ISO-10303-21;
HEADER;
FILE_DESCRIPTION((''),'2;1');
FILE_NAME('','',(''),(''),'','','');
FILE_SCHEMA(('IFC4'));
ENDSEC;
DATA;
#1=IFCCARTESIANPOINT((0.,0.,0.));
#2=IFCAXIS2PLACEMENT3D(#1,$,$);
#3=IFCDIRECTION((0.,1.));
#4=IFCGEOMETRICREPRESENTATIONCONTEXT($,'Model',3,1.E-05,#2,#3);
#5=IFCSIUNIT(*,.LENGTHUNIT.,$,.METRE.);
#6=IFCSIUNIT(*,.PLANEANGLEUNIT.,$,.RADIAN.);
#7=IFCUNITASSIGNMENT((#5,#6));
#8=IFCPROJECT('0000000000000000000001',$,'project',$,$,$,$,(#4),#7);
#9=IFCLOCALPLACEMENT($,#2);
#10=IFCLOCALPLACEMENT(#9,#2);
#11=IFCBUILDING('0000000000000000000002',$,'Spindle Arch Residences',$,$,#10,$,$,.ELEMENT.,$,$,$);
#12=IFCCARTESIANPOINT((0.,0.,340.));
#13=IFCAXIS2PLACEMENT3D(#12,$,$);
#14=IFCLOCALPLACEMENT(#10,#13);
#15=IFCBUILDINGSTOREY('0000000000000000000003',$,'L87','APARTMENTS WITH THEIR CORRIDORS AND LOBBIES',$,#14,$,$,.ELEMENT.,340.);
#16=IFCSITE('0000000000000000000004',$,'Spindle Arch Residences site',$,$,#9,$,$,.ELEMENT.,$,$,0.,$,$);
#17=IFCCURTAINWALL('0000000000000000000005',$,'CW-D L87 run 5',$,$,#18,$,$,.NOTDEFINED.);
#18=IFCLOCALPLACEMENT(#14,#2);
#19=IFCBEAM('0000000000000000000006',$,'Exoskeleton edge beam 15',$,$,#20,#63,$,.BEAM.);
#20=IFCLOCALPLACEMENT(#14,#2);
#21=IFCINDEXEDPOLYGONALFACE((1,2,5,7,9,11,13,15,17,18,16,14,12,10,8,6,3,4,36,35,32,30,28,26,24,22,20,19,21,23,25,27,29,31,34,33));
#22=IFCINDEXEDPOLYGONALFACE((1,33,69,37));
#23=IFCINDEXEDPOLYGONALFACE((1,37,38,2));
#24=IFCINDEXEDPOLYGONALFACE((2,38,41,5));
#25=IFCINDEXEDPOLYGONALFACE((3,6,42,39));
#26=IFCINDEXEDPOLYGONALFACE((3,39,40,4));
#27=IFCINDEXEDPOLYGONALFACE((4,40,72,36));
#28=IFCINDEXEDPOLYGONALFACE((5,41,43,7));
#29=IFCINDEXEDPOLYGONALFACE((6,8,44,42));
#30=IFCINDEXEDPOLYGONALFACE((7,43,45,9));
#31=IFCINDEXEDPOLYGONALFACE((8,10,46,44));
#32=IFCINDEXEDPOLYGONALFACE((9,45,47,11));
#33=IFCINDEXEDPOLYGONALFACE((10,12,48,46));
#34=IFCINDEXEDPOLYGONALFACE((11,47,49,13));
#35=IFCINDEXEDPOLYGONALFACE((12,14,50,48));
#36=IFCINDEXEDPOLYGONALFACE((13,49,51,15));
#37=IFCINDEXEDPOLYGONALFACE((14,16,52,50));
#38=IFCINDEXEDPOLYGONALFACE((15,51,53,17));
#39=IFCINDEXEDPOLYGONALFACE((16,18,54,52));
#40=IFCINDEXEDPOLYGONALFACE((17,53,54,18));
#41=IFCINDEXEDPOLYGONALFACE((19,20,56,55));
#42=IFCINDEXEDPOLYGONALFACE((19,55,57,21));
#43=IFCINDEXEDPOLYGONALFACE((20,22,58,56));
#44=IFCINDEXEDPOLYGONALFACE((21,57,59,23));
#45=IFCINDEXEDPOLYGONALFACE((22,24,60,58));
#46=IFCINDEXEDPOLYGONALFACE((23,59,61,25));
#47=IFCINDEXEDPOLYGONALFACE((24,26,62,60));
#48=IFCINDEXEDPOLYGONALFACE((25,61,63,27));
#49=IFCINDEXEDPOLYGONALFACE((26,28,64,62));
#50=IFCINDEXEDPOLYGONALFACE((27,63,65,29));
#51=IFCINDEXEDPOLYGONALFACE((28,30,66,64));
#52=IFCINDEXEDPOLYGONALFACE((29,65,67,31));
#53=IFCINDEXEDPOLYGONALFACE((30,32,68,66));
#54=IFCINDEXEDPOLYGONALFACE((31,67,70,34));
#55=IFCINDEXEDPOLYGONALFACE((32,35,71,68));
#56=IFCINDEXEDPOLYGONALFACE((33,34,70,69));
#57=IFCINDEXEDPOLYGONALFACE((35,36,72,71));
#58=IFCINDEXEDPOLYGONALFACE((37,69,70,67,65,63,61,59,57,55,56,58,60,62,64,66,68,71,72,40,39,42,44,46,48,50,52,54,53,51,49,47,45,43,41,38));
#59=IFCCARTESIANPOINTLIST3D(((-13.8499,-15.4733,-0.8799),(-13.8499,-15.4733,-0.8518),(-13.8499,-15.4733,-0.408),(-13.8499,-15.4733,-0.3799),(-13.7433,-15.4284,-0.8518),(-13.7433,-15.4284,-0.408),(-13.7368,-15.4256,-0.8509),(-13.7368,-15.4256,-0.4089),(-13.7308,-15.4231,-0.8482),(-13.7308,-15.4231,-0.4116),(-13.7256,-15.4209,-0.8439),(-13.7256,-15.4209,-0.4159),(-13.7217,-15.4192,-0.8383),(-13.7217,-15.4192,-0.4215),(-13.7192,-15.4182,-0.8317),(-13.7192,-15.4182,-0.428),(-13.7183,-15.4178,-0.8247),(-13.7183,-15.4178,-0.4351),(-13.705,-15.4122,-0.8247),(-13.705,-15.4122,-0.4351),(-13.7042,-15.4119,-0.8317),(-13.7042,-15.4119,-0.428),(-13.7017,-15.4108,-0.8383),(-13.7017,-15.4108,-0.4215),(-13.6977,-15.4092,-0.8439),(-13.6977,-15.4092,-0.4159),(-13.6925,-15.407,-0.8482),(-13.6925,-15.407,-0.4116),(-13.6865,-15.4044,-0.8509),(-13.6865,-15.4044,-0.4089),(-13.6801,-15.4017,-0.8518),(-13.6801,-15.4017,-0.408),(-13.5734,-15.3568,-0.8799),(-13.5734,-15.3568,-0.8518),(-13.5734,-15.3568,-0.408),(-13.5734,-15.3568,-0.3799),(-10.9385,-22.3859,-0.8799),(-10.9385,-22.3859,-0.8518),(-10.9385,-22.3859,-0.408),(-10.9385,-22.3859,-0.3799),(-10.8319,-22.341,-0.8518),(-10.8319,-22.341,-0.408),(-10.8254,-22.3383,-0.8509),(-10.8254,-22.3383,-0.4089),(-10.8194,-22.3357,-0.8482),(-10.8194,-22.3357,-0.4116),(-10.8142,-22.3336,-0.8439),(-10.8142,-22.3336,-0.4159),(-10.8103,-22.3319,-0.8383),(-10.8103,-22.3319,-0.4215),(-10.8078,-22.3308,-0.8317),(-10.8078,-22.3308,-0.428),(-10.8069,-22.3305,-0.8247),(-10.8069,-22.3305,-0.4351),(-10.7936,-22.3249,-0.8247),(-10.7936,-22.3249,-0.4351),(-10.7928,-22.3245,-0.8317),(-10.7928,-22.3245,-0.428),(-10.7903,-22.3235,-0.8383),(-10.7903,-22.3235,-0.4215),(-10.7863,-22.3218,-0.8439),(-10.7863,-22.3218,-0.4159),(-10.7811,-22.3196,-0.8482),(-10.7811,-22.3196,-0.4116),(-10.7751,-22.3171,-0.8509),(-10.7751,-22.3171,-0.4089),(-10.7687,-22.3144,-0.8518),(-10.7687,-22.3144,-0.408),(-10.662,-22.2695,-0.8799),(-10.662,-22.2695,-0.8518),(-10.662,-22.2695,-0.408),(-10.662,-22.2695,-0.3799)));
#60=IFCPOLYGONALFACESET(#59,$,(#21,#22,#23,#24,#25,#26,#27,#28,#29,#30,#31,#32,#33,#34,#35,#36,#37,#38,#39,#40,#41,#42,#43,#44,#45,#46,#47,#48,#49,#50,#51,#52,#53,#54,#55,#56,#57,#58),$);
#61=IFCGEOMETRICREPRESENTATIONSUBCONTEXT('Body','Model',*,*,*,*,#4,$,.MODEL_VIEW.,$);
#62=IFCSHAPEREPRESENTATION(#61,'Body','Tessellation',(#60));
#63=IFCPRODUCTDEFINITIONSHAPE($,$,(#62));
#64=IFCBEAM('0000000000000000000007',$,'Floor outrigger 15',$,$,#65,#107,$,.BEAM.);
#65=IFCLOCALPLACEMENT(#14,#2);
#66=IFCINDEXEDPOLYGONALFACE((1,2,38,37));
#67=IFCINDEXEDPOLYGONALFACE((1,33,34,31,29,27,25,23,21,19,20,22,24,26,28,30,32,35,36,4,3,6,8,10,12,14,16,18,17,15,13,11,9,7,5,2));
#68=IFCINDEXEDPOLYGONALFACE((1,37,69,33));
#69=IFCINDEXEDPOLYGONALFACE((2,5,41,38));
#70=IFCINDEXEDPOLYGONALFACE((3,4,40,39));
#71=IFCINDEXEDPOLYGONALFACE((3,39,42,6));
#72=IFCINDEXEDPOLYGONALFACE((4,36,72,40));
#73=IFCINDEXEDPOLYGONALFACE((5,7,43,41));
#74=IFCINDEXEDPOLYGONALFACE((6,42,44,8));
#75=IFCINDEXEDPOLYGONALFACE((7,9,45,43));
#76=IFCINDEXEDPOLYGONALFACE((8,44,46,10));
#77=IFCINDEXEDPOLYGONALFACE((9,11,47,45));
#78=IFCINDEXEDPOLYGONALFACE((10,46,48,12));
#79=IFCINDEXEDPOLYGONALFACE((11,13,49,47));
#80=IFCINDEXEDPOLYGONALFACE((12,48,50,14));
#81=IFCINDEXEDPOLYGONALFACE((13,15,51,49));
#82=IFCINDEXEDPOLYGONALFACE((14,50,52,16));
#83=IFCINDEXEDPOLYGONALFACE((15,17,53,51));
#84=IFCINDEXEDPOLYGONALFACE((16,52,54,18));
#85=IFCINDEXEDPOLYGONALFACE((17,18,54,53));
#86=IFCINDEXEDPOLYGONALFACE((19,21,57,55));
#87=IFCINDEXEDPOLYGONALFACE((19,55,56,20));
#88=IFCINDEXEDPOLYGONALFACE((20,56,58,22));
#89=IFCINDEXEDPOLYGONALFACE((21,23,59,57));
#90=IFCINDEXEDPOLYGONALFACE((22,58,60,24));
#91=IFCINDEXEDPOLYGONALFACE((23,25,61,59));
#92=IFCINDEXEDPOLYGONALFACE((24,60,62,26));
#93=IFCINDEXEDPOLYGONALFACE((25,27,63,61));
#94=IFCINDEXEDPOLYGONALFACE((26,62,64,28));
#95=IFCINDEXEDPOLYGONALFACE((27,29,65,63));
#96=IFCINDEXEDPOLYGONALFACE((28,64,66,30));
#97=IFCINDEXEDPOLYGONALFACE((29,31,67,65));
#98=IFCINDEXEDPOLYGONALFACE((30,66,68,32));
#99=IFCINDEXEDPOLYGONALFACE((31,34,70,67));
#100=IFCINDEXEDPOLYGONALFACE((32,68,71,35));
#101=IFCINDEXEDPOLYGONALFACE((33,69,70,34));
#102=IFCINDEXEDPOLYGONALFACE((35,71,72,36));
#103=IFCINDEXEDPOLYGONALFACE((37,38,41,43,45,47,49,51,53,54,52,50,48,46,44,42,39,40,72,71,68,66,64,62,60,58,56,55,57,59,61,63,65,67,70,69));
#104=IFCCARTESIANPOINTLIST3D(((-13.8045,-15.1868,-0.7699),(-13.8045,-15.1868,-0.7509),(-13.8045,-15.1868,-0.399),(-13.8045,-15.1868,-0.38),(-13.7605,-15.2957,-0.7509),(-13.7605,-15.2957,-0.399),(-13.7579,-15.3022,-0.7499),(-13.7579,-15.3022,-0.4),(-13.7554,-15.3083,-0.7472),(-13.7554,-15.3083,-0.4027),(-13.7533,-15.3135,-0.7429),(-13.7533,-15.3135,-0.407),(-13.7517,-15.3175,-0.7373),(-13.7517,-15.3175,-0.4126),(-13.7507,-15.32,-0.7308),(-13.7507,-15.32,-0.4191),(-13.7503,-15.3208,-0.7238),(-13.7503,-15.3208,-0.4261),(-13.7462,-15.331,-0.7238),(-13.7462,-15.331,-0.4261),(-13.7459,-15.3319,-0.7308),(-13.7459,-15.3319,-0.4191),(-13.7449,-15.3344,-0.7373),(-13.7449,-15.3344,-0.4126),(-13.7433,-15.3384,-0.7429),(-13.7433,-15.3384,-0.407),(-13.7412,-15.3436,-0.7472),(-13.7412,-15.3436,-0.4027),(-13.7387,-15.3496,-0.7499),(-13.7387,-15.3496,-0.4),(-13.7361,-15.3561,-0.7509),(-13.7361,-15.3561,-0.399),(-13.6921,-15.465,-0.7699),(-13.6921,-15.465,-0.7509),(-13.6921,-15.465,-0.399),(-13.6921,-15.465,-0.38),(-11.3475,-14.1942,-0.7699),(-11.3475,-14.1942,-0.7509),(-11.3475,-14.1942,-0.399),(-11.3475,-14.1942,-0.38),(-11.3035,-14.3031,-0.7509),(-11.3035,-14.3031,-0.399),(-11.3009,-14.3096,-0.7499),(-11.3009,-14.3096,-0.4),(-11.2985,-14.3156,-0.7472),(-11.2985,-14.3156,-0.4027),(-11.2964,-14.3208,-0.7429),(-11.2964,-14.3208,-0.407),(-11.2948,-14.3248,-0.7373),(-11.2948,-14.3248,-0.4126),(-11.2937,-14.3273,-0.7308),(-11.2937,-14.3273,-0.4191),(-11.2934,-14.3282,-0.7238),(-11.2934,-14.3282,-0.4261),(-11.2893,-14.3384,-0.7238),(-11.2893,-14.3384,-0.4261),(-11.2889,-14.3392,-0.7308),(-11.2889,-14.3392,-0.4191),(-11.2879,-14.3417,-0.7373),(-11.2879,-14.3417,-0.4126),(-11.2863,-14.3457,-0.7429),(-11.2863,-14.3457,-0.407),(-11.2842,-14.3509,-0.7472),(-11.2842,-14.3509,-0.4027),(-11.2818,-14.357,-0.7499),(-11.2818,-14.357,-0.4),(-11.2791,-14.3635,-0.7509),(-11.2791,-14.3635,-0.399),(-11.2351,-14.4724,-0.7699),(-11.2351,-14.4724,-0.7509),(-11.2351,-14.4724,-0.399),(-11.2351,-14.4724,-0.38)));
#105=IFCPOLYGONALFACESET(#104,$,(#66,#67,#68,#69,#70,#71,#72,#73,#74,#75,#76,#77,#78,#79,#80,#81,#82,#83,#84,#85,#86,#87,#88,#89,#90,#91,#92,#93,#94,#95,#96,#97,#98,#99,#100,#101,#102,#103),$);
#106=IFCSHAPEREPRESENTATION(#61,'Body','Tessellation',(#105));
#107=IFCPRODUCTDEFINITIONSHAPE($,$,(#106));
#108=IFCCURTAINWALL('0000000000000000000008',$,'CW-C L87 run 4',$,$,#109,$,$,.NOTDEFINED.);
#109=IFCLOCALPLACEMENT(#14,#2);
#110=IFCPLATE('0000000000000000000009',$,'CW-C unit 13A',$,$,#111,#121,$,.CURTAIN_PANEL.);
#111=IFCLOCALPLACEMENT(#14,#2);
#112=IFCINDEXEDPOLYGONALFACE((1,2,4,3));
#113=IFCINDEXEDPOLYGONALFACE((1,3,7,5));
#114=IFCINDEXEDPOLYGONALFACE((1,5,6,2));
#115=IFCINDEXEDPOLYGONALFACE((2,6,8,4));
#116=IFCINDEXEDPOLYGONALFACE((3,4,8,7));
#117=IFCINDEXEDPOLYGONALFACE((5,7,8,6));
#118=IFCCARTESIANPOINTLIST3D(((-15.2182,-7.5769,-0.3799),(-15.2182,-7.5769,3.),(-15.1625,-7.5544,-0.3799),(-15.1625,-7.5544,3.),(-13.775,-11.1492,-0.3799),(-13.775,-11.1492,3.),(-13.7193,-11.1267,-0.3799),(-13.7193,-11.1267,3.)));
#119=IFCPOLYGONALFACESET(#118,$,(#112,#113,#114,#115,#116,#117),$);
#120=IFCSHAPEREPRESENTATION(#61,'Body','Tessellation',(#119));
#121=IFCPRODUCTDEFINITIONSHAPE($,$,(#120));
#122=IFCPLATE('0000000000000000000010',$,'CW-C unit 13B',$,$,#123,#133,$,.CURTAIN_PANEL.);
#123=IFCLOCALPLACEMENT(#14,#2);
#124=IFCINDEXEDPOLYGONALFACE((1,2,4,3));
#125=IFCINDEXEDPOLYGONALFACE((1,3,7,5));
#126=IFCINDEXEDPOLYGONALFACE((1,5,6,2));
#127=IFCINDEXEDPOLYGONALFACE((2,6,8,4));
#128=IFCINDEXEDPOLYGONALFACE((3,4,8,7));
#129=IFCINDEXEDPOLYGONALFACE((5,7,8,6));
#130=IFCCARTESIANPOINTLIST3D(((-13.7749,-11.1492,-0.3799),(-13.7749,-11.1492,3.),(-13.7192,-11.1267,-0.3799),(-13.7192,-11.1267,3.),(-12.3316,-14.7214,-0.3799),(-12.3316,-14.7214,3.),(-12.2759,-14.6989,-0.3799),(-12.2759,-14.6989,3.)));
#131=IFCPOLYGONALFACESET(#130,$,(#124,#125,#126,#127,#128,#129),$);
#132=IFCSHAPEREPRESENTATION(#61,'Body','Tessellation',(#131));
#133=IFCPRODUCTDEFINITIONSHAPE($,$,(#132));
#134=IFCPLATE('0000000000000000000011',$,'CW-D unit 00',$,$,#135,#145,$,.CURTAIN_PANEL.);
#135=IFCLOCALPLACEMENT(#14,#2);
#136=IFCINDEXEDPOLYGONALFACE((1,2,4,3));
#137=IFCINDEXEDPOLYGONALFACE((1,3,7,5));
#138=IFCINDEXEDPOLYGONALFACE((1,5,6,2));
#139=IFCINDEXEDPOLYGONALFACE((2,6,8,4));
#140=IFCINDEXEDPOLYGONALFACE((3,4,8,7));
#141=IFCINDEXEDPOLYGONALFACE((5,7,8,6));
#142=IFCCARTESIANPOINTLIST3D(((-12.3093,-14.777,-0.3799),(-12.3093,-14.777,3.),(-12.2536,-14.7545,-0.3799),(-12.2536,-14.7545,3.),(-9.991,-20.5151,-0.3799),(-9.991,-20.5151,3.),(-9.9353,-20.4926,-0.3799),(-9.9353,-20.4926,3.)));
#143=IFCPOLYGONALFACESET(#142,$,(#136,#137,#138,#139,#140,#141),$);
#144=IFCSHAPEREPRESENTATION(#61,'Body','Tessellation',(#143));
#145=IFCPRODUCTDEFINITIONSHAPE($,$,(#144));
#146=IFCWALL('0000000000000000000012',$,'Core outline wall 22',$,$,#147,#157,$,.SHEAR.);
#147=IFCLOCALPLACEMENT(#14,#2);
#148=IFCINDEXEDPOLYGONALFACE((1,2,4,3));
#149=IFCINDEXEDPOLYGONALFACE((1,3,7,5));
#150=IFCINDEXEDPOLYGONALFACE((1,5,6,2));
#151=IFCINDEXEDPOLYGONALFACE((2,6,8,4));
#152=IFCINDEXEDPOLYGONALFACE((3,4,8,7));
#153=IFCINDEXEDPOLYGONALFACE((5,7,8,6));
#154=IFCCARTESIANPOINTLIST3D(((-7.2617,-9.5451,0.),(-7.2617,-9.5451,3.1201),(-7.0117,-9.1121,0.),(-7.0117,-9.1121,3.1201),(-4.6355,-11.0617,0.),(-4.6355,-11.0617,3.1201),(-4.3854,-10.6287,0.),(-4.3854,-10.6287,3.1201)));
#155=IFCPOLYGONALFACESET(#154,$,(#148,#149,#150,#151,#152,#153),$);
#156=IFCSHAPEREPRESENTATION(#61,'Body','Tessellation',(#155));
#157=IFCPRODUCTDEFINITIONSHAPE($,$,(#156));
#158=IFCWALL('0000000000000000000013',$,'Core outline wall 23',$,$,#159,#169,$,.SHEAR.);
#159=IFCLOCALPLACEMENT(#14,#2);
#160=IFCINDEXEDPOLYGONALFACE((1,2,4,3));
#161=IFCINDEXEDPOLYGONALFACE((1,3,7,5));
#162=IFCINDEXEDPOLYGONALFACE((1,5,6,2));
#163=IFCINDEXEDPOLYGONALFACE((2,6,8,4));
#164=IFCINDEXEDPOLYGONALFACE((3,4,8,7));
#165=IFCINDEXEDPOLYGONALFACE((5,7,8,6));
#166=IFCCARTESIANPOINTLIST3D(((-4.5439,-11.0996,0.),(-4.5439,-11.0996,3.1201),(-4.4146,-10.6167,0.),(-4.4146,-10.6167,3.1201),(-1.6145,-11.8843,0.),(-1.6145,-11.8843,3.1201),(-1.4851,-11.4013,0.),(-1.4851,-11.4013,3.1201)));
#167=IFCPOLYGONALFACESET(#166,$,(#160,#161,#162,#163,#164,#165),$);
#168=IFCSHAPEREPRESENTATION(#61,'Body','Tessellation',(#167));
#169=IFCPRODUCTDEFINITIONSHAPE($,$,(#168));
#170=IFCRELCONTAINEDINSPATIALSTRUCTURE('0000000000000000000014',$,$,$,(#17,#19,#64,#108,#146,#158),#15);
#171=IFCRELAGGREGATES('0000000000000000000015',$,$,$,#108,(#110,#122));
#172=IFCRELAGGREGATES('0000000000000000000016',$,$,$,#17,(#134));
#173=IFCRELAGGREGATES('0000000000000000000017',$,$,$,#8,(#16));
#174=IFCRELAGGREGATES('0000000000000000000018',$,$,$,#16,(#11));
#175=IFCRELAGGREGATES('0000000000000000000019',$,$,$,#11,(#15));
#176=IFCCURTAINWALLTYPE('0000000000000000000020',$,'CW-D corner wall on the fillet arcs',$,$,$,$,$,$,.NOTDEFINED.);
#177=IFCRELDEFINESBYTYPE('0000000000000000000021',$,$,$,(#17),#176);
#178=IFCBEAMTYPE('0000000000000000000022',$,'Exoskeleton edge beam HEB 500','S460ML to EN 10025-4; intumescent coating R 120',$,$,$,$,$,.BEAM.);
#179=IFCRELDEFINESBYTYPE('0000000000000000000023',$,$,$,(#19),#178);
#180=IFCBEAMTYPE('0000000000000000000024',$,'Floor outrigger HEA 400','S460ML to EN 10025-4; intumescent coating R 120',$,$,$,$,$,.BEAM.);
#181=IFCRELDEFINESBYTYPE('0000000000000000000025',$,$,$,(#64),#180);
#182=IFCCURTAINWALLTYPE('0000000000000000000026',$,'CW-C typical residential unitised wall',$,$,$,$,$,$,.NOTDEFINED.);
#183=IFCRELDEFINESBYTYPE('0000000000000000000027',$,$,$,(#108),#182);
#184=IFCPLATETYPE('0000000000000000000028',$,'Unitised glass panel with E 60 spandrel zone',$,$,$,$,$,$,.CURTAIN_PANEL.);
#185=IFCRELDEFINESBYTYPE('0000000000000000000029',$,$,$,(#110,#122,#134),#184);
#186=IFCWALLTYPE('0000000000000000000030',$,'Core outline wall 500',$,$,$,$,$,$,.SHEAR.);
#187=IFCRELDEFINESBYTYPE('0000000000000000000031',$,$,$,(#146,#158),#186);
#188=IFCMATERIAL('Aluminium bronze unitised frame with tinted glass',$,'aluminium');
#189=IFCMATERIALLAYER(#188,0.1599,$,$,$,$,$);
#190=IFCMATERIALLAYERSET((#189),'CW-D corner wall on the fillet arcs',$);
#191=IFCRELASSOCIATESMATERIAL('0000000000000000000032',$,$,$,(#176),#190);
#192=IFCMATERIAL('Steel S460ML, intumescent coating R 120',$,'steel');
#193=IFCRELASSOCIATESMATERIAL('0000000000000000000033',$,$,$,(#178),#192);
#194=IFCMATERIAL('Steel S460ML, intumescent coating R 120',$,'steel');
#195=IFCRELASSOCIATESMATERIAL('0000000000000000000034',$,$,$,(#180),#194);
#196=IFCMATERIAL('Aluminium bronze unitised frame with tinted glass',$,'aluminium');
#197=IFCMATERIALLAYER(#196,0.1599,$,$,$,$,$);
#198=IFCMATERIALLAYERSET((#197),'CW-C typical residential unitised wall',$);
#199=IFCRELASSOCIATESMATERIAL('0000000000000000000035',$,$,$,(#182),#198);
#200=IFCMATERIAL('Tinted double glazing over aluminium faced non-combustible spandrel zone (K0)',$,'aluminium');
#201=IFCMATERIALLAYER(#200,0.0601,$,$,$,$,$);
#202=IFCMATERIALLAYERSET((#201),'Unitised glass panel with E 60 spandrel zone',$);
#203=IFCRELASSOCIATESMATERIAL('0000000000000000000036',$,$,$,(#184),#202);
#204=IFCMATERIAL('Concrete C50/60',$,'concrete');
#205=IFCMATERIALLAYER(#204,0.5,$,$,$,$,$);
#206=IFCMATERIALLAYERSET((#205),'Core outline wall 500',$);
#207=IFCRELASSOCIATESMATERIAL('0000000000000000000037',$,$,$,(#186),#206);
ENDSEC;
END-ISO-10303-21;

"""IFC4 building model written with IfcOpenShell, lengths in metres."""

from ifc_helpers import new_model, si_unit, direction, frame, frame_2d, origin, origin_2d, place, context, subcontext, project, spatial, rectangle, i_section, extrude, material, layer, layer_set, material_profile, profile_set, type_object, element, aggregate, save


model = new_model("IFC4")

# Units and contexts
model_context = context("Model", 3, precision=1e-05, world=origin(), true_north=direction((0.0, 1.0)))
body_context = subcontext(model_context, "Body", "Model", "MODEL_VIEW")
ifc_project = project(units=[si_unit("LENGTHUNIT", "METRE"), si_unit("PLANEANGLEUNIT", "RADIAN")], contexts=[model_context])

# Site, building, storey
site_placement = place(None, origin())
site = spatial("IfcSite", under=ifc_project, at=site_placement, Name="Spindle Arch Residences site", CompositionType="ELEMENT", RefElevation=0.0)
building_placement = place(site_placement, origin())
building = spatial("IfcBuilding", under=site, at=building_placement, Name="Spindle Arch Residences", CompositionType="ELEMENT")
storey_placement = place(building_placement, frame((0.0, 0.0, 340.0)))
storey = spatial("IfcBuildingStorey", under=building, at=storey_placement, Name="L87", Description="APARTMENTS WITH THEIR CORRIDORS AND LOBBIES", CompositionType="ELEMENT", Elevation=340.0)

# Curtain wall
ifc_material_1 = material(Name="Aluminium bronze unitised frame with tinted glass", Category="aluminium")
ifc_layer_1 = layer(ifc_material_1, 0.1599)
ifc_layer_set_1 = layer_set([ifc_layer_1], Name="CW-D corner wall on the fillet arcs")
curtain_wall_type_1 = type_object("IfcCurtainWallType", Name="CW-D corner wall on the fillet arcs", PredefinedType="NOTDEFINED", material=ifc_layer_set_1)
curtain_wall_1_placement = place(storey_placement, origin())
curtain_wall_1 = element("IfcCurtainWall", 1, at=curtain_wall_1_placement, inside=storey, type_object=curtain_wall_type_1, Name="CW-D L87 run 5", PredefinedType="NOTDEFINED")

# Beams
ifc_material_2 = material(Name="Steel S460ML, intumescent coating R 120", Category="steel")
ifc_material_profile_1 = material_profile(ifc_material_2, i_section(OverallWidth=0.3, OverallDepth=0.5, WebThickness=0.0144, FlangeThickness=0.0281, FilletRadius=0.0271, at=origin_2d()), Name="HEB 500")
ifc_profile_set_1 = profile_set([ifc_material_profile_1], Name="Steel S460ML, intumescent coating R 120")
beam_type_1 = type_object("IfcBeamType", Name="Exoskeleton edge beam HEB 500", Description="S460ML to EN 10025-4; intumescent coating R 120", PredefinedType="BEAM", material=ifc_profile_set_1)
beam_1_placement = place(storey_placement, frame((-13.7117, -15.415, -0.6299), z_axis=(0.388149, -0.921597, 0.0), x_axis=(0.921597, 0.388149, 0.0)))
element("IfcBeam", 2, at=beam_1_placement, inside=storey, type_object=beam_type_1, Name="Exoskeleton edge beam 15", PredefinedType="BEAM", context=body_context, shape_type="SweptSolid", body=[
    extrude(i_section(OverallWidth=0.3, OverallDepth=0.5, WebThickness=0.0144, FlangeThickness=0.0281, FilletRadius=0.0271, at=origin_2d()), origin(), (0.0, 0.0, 1.0), 7.5007),
])
ifc_material_3 = material(Name="Steel S460ML, intumescent coating R 120", Category="steel")
ifc_material_profile_2 = material_profile(ifc_material_3, i_section(OverallWidth=0.3, OverallDepth=0.3899, WebThickness=0.011, FlangeThickness=0.019, FilletRadius=0.0271, at=origin_2d()), Name="HEA 400")
ifc_profile_set_2 = profile_set([ifc_material_profile_2], Name="Steel S460ML, intumescent coating R 120")
beam_type_2 = type_object("IfcBeamType", Name="Floor outrigger HEA 400", Description="S460ML to EN 10025-4; intumescent coating R 120", PredefinedType="BEAM", material=ifc_profile_set_2)
beam_2_placement = place(storey_placement, frame((-13.7483, -15.3259, -0.575), z_axis=(0.927188, 0.374597, 0.0), x_axis=(-0.374597, 0.927188, 0.0)))
element("IfcBeam", 3, at=beam_2_placement, inside=storey, type_object=beam_type_2, Name="Floor outrigger 15", PredefinedType="BEAM", context=body_context, shape_type="SweptSolid", body=[
    extrude(i_section(OverallWidth=0.3, OverallDepth=0.3899, WebThickness=0.011, FlangeThickness=0.019, FilletRadius=0.0271, at=origin_2d()), origin(), (0.0, 0.0, 1.0), 2.6499),
])

# Curtain wall, plates
ifc_material_4 = material(Name="Aluminium bronze unitised frame with tinted glass", Category="aluminium")
ifc_layer_2 = layer(ifc_material_4, 0.1599)
ifc_layer_set_2 = layer_set([ifc_layer_2], Name="CW-C typical residential unitised wall")
curtain_wall_type_2 = type_object("IfcCurtainWallType", Name="CW-C typical residential unitised wall", PredefinedType="NOTDEFINED", material=ifc_layer_set_2)
curtain_wall_2_placement = place(storey_placement, origin())
curtain_wall_2 = element("IfcCurtainWall", 4, at=curtain_wall_2_placement, inside=storey, type_object=curtain_wall_type_2, Name="CW-C L87 run 4", PredefinedType="NOTDEFINED")
ifc_material_5 = material(Name="Tinted double glazing over aluminium faced non-combustible spandrel zone (K0)", Category="aluminium")
ifc_layer_3 = layer(ifc_material_5, 0.0601)
ifc_layer_set_3 = layer_set([ifc_layer_3], Name="Unitised glass panel with E 60 spandrel zone")
plate_type = type_object("IfcPlateType", Name="Unitised glass panel with E 60 spandrel zone", PredefinedType="CURTAIN_PANEL", material=ifc_layer_set_3)
plate_1_placement = place(storey_placement, frame((-14.4688, -9.3518, -0.3799), z_axis=(0.0, 0.0, 1.0), x_axis=(0.374607, -0.927184, 0.0)))
plate_1 = element("IfcPlate", 5, at=plate_1_placement, type_object=plate_type, Name="CW-C unit 13A", PredefinedType="CURTAIN_PANEL", context=body_context, shape_type="SweptSolid", body=[
    extrude(rectangle(XDim=3.8528, YDim=0.0601, at=origin_2d()), origin(), (0.0, 0.0, 1.0), 3.3799),
])
plate_2_placement = place(storey_placement, frame((-13.0254, -12.9241, -0.3799), z_axis=(0.0, 0.0, 1.0), x_axis=(0.374607, -0.927184, 0.0)))
plate_2 = element("IfcPlate", 6, at=plate_2_placement, type_object=plate_type, Name="CW-C unit 13B", PredefinedType="CURTAIN_PANEL", context=body_context, shape_type="SweptSolid", body=[
    extrude(rectangle(XDim=3.8528, YDim=0.0601, at=origin_2d()), origin(), (0.0, 0.0, 1.0), 3.3799),
])
aggregate(curtain_wall_2, [plate_1, plate_2])

# Plate
plate_3_placement = place(storey_placement, frame((-11.1223, -17.6348, -0.3799), z_axis=(0.0, 0.0, 1.0), x_axis=(0.374607, -0.927184, 0.0)))
plate_3 = element("IfcPlate", 7, at=plate_3_placement, type_object=plate_type, Name="CW-D unit 00", PredefinedType="CURTAIN_PANEL", context=body_context, shape_type="SweptSolid", body=[
    extrude(rectangle(XDim=6.1887, YDim=0.0601, at=origin_2d()), origin(), (0.0, 0.0, 1.0), 3.3799),
])
aggregate(curtain_wall_1, [plate_3])

# Walls
ifc_material_6 = material(Name="Concrete C50/60", Category="concrete")
ifc_layer_4 = layer(ifc_material_6, 0.5)
ifc_layer_set_4 = layer_set([ifc_layer_4], Name="Core outline wall 500")
wall_type_1 = type_object("IfcWallType", Name="Core outline wall 500", PredefinedType="SHEAR", material=ifc_layer_set_4)
for number, where, z_axis, x_axis, name in (
    (8, (-7.1367, -9.3286, 0.0), (0.0, 0.0, 1.0), (0.865975, -0.500087, 0.0), "Core outline wall 22"),
    (9, (-4.4792, -10.8582, 0.0), (0.0, 0.0, 1.0), (0.965948, -0.258735, 0.0), "Core outline wall 23"),
):
    element("IfcWall", number, at=place(storey_placement, frame(where, z_axis=z_axis, x_axis=x_axis)), inside=storey, type_object=wall_type_1, Name=name, PredefinedType="SHEAR", context=body_context, shape_type="SweptSolid", body=[
        extrude(rectangle(XDim=3.0327, YDim=0.5, at=frame_2d((1.5164, 0.0))), origin(), (0.0, 0.0, 1.0), 3.1201),
    ])

save(model, "model.ifc")
